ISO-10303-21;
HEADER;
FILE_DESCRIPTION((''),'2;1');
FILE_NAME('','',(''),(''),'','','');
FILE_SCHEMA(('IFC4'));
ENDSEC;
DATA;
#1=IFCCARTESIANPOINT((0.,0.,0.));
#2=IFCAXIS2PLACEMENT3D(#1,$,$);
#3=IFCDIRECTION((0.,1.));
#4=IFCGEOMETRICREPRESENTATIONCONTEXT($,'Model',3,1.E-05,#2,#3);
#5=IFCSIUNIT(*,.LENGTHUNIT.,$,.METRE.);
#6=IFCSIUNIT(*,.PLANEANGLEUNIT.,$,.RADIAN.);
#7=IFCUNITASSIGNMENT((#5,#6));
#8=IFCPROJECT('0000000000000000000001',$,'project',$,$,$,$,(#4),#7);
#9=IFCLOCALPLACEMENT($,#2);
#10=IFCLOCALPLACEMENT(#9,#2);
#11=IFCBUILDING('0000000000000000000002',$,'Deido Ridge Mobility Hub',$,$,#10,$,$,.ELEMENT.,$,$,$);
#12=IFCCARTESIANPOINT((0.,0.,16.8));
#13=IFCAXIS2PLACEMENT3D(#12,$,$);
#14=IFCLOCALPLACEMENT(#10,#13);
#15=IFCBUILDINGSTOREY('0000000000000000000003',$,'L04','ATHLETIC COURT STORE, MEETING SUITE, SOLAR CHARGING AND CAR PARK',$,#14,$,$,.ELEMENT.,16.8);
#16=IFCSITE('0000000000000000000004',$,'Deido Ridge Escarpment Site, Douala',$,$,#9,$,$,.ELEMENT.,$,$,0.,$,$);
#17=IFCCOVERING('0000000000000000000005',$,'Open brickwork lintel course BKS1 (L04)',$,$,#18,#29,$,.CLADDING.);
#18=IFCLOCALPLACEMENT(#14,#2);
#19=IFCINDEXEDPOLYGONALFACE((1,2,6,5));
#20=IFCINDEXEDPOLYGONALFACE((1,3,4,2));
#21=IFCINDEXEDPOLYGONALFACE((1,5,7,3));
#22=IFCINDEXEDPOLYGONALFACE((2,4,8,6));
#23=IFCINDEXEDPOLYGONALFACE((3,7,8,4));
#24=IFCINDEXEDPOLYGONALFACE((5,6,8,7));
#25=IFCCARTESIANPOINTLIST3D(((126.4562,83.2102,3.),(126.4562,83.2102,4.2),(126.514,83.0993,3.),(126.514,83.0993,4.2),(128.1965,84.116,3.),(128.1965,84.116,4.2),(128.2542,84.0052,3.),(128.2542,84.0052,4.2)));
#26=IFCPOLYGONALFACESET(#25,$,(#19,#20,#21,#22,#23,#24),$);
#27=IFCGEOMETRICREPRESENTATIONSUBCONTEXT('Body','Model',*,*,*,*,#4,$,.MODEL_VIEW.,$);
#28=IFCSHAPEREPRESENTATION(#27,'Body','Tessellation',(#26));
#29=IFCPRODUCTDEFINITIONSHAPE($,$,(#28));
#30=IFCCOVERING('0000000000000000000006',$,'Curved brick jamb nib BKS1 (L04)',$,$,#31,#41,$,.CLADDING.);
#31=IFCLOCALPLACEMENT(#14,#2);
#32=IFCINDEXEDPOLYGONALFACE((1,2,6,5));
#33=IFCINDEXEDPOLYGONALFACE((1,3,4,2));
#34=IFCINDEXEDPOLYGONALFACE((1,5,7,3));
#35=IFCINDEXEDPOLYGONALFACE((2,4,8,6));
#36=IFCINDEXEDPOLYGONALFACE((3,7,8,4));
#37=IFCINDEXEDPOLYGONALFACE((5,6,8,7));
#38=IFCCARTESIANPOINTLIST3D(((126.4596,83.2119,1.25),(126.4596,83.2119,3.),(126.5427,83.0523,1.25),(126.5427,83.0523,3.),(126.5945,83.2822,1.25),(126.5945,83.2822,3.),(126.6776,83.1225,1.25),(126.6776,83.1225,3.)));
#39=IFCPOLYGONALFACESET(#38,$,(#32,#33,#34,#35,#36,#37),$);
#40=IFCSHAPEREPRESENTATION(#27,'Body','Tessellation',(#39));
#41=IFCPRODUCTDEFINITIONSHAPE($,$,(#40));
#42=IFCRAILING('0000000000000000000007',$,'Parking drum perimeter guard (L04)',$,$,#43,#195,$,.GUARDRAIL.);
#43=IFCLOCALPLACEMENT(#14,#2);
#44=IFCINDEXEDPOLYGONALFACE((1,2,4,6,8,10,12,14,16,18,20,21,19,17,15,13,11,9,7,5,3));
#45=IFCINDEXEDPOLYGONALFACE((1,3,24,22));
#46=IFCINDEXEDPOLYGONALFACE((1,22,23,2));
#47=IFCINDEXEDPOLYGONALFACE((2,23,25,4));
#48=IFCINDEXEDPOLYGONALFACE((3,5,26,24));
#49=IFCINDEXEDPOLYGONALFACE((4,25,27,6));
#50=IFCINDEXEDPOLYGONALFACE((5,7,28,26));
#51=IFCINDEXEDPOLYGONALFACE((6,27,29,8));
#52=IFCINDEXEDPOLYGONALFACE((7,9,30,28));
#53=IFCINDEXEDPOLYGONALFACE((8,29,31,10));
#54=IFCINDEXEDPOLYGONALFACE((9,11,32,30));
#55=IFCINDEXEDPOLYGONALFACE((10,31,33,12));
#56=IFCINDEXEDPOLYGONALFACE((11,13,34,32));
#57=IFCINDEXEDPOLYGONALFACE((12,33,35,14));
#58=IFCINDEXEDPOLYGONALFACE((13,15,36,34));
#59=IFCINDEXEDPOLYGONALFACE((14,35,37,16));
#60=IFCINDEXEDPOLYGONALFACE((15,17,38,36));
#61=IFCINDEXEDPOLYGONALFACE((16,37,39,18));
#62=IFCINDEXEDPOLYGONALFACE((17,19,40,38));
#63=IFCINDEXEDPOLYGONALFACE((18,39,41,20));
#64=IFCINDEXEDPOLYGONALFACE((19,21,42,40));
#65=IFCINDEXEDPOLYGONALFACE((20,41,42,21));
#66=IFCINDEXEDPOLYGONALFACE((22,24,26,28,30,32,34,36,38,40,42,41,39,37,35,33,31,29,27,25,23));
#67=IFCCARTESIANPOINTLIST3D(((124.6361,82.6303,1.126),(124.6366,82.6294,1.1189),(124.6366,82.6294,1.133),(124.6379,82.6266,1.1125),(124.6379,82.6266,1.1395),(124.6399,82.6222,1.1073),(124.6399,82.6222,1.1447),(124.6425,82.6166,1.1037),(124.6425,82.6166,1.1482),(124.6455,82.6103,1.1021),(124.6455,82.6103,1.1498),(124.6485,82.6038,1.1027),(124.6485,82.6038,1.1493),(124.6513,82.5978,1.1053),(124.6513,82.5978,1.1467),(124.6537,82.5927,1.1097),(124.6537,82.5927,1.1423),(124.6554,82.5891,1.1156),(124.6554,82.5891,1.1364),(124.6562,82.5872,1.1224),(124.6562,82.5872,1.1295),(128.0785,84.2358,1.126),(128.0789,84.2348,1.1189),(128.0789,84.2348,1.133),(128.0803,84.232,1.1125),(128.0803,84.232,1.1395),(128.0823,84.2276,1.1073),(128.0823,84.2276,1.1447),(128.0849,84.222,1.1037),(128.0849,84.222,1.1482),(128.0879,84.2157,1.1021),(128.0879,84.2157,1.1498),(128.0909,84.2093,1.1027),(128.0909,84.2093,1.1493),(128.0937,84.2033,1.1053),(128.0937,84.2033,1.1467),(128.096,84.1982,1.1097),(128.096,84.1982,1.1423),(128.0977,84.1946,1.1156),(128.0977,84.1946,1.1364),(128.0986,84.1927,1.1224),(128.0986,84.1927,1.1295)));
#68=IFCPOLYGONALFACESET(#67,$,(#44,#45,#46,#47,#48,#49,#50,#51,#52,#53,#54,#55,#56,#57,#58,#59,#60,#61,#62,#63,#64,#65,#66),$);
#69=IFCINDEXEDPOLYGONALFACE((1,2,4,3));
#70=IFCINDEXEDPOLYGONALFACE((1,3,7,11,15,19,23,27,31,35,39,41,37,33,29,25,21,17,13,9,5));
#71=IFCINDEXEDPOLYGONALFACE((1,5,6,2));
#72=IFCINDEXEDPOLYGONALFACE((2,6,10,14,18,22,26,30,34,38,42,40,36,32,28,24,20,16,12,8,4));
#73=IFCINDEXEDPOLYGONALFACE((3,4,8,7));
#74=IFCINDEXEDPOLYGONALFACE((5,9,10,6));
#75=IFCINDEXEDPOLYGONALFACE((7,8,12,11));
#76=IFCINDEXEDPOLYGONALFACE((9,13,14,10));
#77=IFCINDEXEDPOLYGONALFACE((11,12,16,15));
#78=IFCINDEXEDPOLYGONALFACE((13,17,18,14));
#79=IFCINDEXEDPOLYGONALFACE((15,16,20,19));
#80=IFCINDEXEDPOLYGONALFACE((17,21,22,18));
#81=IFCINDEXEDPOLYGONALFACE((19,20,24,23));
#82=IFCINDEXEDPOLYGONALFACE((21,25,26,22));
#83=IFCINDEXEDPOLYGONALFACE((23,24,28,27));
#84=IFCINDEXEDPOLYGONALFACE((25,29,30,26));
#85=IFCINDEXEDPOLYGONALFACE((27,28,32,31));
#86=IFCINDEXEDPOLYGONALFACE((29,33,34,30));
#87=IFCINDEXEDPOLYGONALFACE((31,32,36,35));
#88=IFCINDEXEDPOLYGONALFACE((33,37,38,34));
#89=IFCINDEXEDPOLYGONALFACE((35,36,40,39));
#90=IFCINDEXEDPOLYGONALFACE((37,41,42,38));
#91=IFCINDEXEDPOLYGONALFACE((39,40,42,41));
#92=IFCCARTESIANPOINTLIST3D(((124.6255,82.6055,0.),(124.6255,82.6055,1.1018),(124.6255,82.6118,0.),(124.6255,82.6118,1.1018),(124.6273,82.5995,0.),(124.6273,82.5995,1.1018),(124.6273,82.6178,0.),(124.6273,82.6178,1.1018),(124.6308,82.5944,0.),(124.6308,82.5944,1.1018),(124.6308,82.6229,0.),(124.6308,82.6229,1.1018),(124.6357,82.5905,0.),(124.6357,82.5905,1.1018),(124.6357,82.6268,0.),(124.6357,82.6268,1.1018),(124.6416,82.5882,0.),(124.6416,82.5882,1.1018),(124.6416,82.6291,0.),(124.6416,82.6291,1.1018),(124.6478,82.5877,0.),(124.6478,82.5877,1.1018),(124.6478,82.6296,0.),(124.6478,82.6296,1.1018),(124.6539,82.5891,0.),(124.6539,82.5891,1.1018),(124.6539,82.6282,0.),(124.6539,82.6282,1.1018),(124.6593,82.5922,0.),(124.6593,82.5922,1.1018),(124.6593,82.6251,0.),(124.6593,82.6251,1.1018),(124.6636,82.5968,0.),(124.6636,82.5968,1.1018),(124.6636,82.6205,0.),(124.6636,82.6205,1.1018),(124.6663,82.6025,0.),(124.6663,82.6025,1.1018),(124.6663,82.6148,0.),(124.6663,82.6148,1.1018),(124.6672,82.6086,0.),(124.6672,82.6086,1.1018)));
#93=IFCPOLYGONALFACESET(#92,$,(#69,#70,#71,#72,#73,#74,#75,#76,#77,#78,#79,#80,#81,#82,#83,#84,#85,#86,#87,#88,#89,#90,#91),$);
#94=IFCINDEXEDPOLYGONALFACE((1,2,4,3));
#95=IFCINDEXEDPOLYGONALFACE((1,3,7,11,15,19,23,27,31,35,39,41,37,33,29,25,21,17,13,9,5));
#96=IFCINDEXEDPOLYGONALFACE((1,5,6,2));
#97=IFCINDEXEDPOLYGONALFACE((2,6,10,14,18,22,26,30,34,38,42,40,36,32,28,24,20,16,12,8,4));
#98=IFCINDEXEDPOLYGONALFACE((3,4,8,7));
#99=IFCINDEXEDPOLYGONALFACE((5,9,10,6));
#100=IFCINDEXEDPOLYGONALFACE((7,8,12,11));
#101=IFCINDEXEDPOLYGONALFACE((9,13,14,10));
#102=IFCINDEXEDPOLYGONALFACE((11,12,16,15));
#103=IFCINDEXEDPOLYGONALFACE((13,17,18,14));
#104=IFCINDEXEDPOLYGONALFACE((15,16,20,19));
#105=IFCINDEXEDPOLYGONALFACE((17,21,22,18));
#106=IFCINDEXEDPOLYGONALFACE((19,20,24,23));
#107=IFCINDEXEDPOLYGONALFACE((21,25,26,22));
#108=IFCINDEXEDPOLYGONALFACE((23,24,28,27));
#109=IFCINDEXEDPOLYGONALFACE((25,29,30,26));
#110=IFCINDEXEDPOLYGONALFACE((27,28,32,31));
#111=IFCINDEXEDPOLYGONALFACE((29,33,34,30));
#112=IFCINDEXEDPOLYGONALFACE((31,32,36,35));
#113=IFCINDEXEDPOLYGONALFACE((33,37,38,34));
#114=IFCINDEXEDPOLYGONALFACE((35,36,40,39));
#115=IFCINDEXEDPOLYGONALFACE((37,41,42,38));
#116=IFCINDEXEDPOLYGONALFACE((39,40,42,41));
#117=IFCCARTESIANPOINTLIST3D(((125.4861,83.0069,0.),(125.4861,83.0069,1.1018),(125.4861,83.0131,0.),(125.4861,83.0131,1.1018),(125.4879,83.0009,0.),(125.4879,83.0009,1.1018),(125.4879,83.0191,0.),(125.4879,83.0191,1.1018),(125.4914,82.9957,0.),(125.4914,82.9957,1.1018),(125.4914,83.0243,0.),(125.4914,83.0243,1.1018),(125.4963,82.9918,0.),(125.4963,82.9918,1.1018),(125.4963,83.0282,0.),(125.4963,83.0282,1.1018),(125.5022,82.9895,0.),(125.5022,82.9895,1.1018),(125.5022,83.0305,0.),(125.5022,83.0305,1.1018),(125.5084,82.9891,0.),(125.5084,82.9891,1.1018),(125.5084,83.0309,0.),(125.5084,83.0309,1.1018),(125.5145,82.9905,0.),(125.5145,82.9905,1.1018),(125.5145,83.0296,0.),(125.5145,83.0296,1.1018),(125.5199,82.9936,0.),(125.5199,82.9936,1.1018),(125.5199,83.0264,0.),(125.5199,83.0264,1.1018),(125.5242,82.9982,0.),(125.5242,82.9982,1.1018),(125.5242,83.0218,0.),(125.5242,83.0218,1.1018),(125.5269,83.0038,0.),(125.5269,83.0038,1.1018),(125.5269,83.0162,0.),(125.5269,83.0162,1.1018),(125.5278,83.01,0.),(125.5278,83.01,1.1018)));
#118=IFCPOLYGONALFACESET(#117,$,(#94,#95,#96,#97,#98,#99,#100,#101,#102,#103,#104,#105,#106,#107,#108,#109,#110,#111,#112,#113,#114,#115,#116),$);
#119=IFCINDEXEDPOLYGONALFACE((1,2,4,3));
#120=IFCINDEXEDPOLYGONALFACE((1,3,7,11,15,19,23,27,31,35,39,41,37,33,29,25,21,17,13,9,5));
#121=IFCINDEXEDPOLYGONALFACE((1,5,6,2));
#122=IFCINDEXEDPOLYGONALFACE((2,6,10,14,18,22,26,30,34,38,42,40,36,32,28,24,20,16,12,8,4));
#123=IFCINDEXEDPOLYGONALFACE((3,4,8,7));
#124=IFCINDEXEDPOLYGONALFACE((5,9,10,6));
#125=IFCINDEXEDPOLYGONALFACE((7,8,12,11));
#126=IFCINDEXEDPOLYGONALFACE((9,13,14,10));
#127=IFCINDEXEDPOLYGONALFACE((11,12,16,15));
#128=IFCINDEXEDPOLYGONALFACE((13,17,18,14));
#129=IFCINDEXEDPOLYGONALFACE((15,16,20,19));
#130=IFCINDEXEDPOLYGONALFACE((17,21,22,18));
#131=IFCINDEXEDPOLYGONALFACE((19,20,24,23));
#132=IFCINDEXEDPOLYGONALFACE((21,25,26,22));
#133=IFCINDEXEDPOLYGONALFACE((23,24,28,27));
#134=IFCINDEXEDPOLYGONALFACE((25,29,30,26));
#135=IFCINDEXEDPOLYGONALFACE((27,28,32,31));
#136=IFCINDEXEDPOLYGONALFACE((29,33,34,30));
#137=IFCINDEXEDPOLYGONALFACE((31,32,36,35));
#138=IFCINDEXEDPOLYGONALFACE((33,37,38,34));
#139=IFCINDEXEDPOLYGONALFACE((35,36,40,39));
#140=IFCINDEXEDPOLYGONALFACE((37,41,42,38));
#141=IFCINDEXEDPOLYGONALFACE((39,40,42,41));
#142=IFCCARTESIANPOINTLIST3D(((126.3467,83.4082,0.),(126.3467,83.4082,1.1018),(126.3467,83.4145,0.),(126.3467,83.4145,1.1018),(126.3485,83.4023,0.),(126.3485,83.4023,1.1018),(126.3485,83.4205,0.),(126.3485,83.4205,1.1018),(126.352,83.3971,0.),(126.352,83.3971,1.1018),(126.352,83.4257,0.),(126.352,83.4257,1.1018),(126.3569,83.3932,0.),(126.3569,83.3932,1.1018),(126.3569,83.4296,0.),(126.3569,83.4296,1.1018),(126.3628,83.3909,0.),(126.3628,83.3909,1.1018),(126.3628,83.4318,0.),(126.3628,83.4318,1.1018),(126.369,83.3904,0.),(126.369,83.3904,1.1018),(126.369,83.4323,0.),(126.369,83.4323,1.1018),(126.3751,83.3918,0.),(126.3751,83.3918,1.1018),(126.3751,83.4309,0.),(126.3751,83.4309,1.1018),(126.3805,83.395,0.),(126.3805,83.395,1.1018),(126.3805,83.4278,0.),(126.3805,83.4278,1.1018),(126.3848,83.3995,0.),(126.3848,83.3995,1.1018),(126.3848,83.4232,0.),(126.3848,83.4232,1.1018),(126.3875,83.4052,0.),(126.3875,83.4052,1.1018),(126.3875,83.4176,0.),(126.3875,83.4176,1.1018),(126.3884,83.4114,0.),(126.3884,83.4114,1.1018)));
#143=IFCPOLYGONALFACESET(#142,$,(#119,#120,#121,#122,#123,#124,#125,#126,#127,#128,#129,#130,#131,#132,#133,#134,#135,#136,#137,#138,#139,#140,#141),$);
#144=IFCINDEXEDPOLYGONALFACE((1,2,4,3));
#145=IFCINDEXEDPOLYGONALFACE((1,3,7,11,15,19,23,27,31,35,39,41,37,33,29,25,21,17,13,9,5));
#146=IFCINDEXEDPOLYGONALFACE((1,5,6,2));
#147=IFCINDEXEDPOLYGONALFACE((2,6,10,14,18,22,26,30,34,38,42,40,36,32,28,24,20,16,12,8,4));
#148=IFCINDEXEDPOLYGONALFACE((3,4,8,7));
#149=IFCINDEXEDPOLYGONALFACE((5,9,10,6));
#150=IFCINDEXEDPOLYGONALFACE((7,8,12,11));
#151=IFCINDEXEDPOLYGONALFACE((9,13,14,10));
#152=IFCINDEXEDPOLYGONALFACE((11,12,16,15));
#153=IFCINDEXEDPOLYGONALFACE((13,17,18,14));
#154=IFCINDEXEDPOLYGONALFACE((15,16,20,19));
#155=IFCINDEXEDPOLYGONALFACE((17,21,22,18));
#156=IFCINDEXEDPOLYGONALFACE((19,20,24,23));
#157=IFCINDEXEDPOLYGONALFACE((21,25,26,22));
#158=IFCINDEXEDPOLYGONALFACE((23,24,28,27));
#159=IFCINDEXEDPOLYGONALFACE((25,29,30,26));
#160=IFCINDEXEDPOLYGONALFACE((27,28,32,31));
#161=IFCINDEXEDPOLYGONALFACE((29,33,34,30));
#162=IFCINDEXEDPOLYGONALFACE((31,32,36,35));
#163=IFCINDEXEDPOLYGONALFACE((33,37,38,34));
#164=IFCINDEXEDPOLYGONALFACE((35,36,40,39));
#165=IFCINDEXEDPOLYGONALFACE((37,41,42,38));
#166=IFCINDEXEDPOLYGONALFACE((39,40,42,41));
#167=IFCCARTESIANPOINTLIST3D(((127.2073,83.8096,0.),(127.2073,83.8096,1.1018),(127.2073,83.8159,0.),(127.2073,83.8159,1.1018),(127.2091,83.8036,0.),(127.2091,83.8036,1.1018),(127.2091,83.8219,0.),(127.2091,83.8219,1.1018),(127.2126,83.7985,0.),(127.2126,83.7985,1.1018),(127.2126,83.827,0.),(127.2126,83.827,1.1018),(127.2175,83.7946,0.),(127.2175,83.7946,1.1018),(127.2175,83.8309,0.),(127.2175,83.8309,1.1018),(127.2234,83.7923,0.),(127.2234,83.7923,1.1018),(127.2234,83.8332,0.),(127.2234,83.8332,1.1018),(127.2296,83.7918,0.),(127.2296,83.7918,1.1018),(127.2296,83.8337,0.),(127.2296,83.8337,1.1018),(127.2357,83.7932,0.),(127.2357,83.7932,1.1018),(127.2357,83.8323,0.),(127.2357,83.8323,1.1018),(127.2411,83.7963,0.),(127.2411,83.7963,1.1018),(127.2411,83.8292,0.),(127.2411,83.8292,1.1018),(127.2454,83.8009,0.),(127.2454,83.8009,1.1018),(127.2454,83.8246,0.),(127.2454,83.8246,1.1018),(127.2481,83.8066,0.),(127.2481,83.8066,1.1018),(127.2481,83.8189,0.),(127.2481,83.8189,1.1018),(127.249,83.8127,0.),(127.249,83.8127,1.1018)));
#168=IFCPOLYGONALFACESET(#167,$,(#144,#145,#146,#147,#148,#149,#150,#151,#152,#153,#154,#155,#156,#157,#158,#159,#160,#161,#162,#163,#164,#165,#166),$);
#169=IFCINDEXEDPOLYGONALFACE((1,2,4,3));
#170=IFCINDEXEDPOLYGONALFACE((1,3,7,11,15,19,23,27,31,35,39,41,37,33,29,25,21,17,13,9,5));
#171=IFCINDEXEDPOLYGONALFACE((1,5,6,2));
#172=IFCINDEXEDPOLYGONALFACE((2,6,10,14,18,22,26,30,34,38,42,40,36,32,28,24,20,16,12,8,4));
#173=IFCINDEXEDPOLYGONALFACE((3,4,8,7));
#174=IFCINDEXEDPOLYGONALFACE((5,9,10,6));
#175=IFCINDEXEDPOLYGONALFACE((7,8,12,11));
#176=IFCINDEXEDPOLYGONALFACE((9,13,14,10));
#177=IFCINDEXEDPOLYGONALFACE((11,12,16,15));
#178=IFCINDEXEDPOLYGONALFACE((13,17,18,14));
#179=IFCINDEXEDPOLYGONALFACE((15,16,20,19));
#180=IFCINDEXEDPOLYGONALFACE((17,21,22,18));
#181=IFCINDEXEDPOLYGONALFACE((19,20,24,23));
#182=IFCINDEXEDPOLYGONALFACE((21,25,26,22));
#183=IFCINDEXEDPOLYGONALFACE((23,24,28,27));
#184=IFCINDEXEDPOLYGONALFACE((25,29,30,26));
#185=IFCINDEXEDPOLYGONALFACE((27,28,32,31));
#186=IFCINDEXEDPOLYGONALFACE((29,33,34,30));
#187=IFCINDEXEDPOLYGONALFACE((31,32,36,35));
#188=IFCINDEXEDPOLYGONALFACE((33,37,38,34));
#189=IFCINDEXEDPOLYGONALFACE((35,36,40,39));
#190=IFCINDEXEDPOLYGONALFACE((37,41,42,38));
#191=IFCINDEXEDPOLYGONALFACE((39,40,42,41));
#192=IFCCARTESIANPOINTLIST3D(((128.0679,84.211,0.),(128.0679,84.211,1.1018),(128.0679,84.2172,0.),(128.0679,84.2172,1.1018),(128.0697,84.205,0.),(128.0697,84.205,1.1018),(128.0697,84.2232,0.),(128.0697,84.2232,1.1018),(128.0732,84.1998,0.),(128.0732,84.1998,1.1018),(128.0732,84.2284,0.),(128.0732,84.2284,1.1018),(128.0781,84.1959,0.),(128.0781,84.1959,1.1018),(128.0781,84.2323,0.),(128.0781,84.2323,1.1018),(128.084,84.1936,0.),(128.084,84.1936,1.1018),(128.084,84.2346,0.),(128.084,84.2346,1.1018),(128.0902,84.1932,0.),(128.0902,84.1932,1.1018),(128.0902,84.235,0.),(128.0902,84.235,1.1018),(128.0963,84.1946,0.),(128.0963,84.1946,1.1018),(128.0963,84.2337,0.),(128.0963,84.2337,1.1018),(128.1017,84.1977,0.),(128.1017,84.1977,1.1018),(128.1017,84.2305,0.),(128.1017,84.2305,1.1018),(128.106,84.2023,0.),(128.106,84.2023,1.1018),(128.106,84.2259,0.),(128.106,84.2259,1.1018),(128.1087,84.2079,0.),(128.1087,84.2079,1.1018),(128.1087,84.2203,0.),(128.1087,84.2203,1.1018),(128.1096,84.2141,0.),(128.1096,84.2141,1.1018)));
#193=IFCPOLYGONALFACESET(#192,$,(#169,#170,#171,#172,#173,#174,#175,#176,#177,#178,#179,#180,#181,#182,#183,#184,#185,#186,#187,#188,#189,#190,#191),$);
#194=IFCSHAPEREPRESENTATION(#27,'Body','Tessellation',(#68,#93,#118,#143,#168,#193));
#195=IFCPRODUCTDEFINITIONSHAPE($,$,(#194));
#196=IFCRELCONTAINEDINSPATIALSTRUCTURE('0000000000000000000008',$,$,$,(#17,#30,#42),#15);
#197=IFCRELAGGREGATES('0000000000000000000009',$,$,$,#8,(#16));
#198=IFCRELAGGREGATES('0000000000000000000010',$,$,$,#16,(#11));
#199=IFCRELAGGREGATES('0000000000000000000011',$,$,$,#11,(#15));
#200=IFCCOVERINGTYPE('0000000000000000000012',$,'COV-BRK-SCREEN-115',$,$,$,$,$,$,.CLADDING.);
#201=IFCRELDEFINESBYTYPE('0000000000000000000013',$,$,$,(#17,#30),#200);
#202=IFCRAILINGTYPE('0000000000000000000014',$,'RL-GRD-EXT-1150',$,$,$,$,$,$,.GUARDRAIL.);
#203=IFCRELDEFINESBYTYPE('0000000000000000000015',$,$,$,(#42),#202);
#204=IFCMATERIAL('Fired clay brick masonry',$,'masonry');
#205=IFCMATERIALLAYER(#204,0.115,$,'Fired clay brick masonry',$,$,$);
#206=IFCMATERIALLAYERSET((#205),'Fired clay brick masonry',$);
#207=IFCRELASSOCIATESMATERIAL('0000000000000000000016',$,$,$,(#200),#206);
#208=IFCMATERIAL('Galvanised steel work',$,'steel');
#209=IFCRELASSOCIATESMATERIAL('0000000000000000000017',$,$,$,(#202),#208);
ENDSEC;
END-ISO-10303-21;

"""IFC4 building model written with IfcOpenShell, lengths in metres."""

from ifc_helpers import new_model, si_unit, direction, frame, origin, origin_2d, place, context, subcontext, project, spatial, rectangle, circle, extrude, material, layer, layer_set, type_object, element, save


model = new_model("IFC4")

# Units and contexts
model_context = context("Model", 3, precision=1e-05, world=origin(), true_north=direction((0.0, 1.0)))
body_context = subcontext(model_context, "Body", "Model", "MODEL_VIEW")
ifc_project = project(units=[si_unit("LENGTHUNIT", "METRE"), si_unit("PLANEANGLEUNIT", "RADIAN")], contexts=[model_context])

# Site, building, storey
site_placement = place(None, origin())
site = spatial("IfcSite", under=ifc_project, at=site_placement, Name="Deido Ridge Escarpment Site, Douala", CompositionType="ELEMENT", RefElevation=0.0)
building_placement = place(site_placement, origin())
building = spatial("IfcBuilding", under=site, at=building_placement, Name="Deido Ridge Mobility Hub", CompositionType="ELEMENT")
storey_placement = place(building_placement, frame((0.0, 0.0, 16.8)))
storey = spatial("IfcBuildingStorey", under=building, at=storey_placement, Name="L04", Description="ATHLETIC COURT STORE, MEETING SUITE, SOLAR CHARGING AND CAR PARK", CompositionType="ELEMENT", Elevation=16.8)

# Coverings
ifc_material_1 = material(Name="Fired clay brick masonry", Category="masonry")
ifc_layer = layer(ifc_material_1, 0.115, Name="Fired clay brick masonry")
ifc_layer_set = layer_set([ifc_layer], Name="Fired clay brick masonry")
covering_type = type_object("IfcCoveringType", Name="COV-BRK-SCREEN-115", PredefinedType="CLADDING", material=ifc_layer_set)
covering_1_placement = place(storey_placement, frame((127.3552, 83.6077, 3.0), z_axis=(0.0, 0.0, 1.0), x_axis=(0.887019, 0.461733, 0.0)))
element("IfcCovering", 1, at=covering_1_placement, inside=storey, type_object=covering_type, Name="Open brickwork lintel course BKS1 (L04)", PredefinedType="CLADDING", context=body_context, shape_type="SweptSolid", body=[
    extrude(rectangle(XDim=1.9619, YDim=0.125, at=origin_2d()), origin(), (0.0, 0.0, 1.0), 1.2),
])
covering_2_placement = place(storey_placement, frame((126.5686, 83.1672, 1.25), z_axis=(0.0, 0.0, 1.0), x_axis=(0.887019, 0.461733, 0.0)))
element("IfcCovering", 2, at=covering_2_placement, inside=storey, type_object=covering_type, Name="Curved brick jamb nib BKS1 (L04)", PredefinedType="CLADDING", context=body_context, shape_type="SweptSolid", body=[
    extrude(rectangle(XDim=0.1521, YDim=0.1799, at=origin_2d()), origin(), (0.0, 0.0, 1.0), 1.75),
])

# Railing
ifc_material_2 = material(Name="Galvanised steel work", Category="steel")
railing_type = type_object("IfcRailingType", Name="RL-GRD-EXT-1150", PredefinedType="GUARDRAIL", material=ifc_material_2)
railing_1_placement = place(storey_placement, frame((124.6462, 82.6086, 0.0)))
element("IfcRailing", 3, at=railing_1_placement, inside=storey, type_object=railing_type, Name="Parking drum perimeter guard (L04)", PredefinedType="GUARDRAIL", context=body_context, shape_type="SweptSolid", body=[
    extrude(circle(Radius=0.0239, at=origin_2d()), frame((0.0, 0.0, 1.126), z_axis=(0.906282, 0.422674, 0.0), x_axis=(-0.422674, 0.906282, 0.0)), (0.0, 0.0, 1.0), 3.7983),
    extrude(circle(Radius=0.021, at=origin_2d()), origin(), (0.0, 0.0, 1.0), 1.1018),
    extrude(circle(Radius=0.021, at=origin_2d()), frame((0.8606, 0.4014, 0.0)), (0.0, 0.0, 1.0), 1.1018),
    extrude(circle(Radius=0.021, at=origin_2d()), frame((1.7212, 0.8027, 0.0)), (0.0, 0.0, 1.0), 1.1018),
    extrude(circle(Radius=0.021, at=origin_2d()), frame((2.5818, 1.2041, 0.0)), (0.0, 0.0, 1.0), 1.1018),
    extrude(circle(Radius=0.021, at=origin_2d()), frame((3.4424, 1.6055, 0.0)), (0.0, 0.0, 1.0), 1.1018),
])

save(model, "model.ifc")
